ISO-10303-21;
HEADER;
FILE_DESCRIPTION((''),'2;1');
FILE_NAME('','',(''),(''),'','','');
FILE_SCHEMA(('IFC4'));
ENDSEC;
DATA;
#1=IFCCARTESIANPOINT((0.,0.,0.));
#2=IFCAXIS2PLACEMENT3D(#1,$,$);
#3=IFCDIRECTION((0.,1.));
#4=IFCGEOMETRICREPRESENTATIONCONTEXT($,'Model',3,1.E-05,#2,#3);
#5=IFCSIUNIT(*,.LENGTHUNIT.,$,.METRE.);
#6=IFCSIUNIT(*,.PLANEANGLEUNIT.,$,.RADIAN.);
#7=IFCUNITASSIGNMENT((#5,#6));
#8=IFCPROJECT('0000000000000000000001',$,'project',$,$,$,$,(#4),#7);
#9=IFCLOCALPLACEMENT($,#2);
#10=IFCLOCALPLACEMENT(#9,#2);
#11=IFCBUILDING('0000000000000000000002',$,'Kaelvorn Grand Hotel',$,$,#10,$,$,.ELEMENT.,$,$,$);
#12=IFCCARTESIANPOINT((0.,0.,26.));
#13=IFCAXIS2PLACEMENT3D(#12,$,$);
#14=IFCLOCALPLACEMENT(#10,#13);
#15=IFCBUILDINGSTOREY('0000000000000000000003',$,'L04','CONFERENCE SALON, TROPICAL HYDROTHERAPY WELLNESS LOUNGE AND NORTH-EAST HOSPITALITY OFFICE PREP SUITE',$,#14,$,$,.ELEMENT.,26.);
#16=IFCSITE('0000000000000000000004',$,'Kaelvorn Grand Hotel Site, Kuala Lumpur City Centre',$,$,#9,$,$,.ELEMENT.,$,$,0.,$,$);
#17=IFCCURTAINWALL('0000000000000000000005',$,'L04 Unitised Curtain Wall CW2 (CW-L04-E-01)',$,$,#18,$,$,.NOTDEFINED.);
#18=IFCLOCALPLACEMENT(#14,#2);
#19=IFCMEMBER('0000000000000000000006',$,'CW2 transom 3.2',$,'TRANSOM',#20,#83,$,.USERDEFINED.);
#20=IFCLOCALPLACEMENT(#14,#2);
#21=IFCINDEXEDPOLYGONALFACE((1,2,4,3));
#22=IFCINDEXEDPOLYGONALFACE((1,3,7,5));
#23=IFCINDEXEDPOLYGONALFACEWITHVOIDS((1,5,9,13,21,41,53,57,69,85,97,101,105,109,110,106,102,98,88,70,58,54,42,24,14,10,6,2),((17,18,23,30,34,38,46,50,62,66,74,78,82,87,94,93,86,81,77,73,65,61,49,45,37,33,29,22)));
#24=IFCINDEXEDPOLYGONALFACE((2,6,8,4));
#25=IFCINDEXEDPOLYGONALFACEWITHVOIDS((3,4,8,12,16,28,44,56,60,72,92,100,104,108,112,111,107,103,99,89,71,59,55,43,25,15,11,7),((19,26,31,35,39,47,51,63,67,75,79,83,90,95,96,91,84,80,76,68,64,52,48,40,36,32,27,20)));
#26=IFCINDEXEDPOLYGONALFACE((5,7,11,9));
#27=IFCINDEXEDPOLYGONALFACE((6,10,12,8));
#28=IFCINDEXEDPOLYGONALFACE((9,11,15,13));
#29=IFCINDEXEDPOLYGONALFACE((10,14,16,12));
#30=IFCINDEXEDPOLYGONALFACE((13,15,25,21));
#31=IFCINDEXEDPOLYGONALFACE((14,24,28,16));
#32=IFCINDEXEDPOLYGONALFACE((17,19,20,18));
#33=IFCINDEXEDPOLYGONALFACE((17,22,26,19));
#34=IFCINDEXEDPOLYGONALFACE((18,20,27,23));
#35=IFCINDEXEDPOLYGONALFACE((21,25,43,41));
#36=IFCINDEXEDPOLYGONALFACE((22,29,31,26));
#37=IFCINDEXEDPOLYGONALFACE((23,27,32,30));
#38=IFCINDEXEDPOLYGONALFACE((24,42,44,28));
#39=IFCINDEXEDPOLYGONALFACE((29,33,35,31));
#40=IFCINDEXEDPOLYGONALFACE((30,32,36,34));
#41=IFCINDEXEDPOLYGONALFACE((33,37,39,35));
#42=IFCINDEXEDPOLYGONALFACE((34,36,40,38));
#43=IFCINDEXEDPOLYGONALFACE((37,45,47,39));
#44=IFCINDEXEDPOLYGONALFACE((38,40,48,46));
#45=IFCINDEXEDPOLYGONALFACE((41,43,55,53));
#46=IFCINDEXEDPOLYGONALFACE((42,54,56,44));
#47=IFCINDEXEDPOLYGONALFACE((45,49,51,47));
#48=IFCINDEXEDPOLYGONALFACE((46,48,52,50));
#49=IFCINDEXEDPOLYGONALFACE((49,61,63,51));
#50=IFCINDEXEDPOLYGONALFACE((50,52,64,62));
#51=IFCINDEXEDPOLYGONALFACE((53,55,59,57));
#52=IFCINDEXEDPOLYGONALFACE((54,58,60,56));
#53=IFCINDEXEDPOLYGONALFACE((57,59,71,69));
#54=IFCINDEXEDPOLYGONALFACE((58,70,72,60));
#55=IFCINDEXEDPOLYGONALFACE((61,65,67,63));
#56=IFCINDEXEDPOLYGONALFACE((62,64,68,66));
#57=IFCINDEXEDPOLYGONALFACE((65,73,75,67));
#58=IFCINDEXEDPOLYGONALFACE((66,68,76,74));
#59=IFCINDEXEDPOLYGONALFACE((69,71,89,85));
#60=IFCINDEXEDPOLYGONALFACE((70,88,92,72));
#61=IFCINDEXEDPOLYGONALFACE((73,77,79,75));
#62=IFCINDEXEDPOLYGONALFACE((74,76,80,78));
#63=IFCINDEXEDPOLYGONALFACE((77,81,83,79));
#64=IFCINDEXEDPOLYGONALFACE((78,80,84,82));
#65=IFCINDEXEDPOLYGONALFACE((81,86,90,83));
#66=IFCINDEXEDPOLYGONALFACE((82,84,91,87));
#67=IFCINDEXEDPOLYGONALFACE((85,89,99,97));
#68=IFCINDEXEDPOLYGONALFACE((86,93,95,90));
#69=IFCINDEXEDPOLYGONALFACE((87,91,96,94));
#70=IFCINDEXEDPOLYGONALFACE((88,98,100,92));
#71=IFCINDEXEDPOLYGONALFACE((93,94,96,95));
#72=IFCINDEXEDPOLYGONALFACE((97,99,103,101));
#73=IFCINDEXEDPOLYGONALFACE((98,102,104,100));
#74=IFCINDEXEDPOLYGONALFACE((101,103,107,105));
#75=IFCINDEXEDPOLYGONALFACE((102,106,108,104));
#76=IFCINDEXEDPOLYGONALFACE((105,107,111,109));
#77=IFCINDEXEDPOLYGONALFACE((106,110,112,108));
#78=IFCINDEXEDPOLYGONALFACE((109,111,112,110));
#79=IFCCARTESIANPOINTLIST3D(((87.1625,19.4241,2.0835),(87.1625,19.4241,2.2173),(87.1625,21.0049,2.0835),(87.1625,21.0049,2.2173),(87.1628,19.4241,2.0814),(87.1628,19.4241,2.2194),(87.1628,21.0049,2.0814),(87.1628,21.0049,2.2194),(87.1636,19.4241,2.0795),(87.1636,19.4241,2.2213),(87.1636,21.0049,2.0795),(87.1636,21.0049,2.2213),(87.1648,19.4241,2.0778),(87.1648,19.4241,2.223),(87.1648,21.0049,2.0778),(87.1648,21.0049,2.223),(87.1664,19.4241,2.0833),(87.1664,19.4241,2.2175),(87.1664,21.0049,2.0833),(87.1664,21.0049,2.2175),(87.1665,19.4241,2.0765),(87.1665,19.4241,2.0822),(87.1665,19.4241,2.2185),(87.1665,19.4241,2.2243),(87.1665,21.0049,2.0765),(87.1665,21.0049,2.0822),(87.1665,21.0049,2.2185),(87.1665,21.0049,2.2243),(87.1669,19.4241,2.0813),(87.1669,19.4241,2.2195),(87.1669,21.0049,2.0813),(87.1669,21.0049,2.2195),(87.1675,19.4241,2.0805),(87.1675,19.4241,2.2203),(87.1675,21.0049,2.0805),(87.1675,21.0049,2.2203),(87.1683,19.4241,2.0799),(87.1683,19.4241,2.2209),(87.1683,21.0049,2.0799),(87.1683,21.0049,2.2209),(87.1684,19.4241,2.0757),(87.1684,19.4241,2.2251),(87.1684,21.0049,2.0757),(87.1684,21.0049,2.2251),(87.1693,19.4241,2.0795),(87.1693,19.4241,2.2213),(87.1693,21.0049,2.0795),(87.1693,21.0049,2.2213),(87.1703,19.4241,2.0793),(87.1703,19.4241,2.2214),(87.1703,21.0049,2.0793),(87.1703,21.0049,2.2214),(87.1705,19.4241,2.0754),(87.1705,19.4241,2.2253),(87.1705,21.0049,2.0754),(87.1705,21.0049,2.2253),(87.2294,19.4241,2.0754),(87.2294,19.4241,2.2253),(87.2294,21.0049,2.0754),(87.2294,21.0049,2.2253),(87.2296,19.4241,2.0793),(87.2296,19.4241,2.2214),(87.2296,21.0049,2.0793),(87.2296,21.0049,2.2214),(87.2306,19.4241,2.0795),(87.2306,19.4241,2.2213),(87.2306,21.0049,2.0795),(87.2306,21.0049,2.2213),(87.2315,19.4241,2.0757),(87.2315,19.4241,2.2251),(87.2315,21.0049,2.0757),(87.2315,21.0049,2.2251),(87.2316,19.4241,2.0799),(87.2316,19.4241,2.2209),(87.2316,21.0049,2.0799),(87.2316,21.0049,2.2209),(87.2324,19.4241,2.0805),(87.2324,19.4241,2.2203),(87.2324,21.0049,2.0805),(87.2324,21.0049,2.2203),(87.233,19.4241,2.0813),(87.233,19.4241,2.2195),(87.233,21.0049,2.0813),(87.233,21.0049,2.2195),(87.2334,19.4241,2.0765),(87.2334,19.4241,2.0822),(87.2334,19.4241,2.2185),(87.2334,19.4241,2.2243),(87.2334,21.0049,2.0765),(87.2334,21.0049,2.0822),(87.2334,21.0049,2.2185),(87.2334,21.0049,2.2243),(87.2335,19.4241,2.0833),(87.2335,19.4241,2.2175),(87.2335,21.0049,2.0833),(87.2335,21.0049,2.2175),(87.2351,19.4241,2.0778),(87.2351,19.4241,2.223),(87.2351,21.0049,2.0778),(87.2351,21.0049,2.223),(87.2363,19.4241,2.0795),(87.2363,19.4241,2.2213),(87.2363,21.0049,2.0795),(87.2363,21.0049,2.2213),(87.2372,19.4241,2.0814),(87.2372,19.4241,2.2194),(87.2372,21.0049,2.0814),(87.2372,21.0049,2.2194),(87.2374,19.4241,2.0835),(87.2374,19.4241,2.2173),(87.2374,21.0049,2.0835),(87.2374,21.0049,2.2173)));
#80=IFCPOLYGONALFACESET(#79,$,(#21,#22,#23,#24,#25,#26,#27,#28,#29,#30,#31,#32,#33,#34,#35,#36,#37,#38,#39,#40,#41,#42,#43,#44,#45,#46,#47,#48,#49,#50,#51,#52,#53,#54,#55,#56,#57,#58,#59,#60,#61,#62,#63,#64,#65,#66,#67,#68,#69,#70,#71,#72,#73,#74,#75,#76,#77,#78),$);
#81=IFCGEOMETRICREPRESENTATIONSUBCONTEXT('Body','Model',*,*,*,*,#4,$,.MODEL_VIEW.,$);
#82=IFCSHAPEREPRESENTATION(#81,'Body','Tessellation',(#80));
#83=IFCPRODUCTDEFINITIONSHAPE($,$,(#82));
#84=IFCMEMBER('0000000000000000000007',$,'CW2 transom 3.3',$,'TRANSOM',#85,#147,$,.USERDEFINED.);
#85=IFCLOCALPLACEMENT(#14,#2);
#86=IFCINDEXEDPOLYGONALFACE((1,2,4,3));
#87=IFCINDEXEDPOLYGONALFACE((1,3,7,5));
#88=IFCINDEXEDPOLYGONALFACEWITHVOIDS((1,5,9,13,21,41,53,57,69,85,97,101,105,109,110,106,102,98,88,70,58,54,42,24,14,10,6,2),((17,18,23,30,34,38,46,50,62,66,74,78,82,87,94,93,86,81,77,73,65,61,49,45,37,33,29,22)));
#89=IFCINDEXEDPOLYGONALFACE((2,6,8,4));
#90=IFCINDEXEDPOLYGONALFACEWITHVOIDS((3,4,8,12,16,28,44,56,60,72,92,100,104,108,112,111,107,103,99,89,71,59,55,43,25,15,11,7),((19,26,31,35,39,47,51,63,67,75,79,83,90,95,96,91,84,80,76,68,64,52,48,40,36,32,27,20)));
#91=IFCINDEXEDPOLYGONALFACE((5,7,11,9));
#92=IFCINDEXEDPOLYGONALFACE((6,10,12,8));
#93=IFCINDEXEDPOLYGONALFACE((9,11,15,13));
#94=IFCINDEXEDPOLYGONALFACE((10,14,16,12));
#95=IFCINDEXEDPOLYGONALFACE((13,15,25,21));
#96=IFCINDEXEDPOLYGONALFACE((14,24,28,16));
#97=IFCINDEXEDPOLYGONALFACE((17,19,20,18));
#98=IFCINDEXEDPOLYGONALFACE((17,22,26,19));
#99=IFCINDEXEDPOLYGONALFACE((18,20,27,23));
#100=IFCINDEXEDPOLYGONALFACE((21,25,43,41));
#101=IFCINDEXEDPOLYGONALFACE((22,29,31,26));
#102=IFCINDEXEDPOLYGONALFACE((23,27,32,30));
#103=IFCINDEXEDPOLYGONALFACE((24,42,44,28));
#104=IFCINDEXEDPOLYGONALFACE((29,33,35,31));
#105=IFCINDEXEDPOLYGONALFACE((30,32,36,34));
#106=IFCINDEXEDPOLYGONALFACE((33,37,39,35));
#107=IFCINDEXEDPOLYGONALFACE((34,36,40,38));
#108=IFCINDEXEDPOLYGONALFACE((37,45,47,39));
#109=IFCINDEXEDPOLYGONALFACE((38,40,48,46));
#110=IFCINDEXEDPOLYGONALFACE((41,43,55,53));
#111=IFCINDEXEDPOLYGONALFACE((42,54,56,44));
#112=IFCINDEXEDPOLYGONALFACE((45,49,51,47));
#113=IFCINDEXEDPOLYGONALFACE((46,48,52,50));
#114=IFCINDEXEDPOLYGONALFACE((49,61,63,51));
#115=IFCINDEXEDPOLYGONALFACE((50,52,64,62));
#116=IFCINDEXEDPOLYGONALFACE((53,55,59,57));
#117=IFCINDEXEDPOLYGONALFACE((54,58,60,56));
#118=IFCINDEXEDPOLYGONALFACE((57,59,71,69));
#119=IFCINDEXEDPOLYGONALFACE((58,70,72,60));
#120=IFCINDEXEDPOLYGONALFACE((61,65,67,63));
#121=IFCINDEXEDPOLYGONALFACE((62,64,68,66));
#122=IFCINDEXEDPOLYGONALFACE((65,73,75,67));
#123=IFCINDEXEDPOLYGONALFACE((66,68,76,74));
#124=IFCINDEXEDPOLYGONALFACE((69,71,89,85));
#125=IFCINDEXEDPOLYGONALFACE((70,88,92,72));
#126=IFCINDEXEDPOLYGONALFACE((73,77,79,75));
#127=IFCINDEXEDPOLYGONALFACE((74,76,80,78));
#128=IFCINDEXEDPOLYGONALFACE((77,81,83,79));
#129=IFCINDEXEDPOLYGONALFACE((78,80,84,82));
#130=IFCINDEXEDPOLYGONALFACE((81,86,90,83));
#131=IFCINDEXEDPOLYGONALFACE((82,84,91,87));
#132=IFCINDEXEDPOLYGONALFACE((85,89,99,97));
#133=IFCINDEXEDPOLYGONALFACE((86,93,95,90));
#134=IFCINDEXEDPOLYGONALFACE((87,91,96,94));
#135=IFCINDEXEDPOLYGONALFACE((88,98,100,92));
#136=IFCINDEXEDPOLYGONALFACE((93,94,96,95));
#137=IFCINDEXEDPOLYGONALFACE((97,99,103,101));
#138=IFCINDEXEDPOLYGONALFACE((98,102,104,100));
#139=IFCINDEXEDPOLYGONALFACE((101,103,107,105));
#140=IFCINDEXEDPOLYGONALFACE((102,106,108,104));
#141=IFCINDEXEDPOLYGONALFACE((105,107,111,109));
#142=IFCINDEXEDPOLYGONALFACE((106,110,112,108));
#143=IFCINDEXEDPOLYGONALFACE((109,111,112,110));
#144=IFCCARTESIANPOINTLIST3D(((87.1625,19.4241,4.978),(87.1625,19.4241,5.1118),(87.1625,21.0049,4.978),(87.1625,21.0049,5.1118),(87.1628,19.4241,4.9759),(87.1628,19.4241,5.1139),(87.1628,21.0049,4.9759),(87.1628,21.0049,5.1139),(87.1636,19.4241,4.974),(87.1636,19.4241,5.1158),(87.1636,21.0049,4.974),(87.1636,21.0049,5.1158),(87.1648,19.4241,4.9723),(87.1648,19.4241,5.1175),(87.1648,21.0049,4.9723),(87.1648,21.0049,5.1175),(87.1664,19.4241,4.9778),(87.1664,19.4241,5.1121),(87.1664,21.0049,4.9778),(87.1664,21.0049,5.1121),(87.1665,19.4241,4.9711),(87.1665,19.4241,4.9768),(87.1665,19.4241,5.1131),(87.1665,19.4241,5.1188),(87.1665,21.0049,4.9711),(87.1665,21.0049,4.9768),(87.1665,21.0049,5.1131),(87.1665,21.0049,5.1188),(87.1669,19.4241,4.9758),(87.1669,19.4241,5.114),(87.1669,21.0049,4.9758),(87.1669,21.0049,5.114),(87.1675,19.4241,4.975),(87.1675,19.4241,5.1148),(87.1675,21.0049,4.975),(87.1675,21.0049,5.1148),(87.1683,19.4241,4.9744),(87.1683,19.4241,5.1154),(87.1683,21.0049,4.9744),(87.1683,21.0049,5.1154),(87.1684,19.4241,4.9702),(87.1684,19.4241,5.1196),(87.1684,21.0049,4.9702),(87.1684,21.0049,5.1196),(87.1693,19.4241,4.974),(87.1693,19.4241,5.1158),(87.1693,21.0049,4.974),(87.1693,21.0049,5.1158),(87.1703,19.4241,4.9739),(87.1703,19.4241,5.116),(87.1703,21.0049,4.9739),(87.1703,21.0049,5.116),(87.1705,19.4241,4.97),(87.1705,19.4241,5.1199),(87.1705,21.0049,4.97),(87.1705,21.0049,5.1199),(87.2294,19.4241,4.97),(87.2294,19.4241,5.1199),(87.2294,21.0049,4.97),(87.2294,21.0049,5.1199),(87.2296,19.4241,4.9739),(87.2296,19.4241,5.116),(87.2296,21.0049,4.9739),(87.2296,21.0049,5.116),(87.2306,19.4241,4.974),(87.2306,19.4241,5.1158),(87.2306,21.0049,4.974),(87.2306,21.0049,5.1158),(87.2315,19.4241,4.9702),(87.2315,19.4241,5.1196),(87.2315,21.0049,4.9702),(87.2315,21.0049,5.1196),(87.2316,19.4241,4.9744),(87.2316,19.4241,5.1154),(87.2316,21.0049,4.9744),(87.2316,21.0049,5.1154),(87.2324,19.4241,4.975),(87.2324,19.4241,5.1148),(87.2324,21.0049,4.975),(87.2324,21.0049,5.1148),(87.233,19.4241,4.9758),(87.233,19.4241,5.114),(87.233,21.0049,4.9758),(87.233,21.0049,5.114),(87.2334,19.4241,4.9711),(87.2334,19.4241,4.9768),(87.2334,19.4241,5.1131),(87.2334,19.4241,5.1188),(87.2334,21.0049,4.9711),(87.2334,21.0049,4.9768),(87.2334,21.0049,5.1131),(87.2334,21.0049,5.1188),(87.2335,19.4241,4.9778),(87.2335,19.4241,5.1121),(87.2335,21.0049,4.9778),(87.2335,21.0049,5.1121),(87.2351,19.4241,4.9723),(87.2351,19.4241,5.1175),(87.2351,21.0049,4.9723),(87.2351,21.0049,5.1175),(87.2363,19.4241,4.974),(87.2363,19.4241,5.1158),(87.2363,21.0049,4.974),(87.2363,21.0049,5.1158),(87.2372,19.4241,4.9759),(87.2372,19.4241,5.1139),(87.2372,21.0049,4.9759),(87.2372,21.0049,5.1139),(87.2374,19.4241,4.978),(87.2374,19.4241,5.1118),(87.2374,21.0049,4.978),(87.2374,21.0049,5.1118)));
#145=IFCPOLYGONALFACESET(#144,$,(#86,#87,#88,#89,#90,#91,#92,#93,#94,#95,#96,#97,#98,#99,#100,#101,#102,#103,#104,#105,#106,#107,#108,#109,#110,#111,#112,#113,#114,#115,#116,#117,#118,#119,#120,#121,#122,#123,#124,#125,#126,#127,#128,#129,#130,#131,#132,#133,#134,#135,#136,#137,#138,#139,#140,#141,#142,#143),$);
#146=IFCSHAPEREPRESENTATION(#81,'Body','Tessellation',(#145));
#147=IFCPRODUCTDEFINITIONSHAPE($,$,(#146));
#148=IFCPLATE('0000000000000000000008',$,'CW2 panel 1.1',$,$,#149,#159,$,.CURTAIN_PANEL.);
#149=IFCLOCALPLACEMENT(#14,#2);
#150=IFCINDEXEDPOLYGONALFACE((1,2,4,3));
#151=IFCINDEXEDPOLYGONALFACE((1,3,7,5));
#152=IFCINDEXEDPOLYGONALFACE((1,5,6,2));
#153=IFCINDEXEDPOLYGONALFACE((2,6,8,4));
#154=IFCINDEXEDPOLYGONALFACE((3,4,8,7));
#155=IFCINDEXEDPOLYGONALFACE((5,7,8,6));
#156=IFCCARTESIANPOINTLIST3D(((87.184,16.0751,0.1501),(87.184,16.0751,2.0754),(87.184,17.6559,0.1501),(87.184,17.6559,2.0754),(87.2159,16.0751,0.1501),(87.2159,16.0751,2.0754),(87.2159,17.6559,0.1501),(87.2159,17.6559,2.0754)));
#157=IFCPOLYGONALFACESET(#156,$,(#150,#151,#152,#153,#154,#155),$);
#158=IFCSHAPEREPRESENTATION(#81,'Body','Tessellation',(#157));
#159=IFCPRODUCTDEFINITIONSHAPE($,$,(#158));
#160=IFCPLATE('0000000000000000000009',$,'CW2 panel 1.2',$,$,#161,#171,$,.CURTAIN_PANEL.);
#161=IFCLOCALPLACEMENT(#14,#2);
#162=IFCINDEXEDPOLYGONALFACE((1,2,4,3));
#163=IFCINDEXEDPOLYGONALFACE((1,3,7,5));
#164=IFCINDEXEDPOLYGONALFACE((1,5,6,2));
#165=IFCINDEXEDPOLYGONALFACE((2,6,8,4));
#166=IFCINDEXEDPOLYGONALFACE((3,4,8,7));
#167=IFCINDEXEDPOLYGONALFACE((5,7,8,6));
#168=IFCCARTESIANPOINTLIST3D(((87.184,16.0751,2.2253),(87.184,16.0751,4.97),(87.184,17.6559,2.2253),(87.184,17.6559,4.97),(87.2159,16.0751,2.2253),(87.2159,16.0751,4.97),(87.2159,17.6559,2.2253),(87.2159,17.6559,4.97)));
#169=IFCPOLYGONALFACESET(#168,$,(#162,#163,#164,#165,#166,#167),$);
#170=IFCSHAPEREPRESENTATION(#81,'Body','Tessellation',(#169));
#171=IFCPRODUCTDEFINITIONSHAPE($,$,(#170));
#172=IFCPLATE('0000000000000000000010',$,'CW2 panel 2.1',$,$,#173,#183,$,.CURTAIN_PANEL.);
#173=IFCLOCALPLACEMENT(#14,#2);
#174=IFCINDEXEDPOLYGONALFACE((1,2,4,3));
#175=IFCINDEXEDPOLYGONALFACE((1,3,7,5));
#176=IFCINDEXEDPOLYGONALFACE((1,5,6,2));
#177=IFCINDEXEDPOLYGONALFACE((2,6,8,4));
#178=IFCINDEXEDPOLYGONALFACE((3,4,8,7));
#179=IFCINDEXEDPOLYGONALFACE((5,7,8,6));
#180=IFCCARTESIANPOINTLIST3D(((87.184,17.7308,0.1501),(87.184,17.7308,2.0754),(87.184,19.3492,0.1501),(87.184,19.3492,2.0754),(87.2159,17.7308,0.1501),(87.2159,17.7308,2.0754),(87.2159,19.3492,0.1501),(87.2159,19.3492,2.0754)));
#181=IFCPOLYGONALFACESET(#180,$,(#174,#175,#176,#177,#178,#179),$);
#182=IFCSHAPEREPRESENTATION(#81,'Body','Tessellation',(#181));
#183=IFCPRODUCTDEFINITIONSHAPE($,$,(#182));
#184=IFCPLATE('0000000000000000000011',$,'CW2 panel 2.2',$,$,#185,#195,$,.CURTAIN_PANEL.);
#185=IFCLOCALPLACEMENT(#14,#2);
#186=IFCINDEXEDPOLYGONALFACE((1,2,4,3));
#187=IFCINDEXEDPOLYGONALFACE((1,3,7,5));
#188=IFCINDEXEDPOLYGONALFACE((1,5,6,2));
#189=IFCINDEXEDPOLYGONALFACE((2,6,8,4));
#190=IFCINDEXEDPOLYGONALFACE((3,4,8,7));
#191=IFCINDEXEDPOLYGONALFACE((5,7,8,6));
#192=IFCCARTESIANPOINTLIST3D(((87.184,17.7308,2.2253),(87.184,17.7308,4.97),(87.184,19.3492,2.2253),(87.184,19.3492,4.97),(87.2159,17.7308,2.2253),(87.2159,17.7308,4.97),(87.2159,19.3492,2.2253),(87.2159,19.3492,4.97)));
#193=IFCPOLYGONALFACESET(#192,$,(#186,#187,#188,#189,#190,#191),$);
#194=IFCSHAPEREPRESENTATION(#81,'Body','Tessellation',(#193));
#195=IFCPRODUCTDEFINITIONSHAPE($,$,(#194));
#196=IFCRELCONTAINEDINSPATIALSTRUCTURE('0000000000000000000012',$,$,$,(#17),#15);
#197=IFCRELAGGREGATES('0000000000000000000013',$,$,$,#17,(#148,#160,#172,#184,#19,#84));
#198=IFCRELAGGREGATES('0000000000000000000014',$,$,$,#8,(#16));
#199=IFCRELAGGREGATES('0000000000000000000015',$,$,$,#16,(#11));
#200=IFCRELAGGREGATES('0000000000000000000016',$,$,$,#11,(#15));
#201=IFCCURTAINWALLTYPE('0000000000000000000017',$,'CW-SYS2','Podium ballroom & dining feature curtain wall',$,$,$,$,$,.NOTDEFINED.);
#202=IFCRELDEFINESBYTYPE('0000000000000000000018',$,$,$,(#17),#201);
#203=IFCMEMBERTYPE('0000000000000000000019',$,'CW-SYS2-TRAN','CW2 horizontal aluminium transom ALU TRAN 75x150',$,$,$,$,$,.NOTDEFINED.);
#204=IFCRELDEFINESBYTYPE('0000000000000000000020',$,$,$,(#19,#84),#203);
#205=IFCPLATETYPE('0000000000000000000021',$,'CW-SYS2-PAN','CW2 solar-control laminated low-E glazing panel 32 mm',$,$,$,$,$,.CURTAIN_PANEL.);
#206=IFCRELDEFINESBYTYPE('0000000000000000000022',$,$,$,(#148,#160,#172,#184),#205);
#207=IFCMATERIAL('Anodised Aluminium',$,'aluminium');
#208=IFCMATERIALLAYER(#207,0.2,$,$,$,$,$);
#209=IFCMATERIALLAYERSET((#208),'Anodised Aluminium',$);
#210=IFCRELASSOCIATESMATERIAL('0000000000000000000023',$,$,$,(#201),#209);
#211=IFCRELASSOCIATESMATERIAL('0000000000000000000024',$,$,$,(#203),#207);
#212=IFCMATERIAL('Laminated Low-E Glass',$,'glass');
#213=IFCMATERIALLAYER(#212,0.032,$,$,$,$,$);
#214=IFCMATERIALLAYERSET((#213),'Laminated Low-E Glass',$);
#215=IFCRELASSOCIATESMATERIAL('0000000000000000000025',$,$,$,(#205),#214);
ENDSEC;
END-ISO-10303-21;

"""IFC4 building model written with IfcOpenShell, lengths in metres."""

from ifc_helpers import new_model, si_unit, direction, frame, origin, origin_2d, place, context, subcontext, project, spatial, rectangle, hollow_rectangle, extrude, material, layer, layer_set, material_profile, profile_set, type_object, element, aggregate, save


model = new_model("IFC4")

# Units and contexts
model_context = context("Model", 3, precision=1e-05, world=origin(), true_north=direction((0.0, 1.0)))
body_context = subcontext(model_context, "Body", "Model", "MODEL_VIEW")
ifc_project = project(units=[si_unit("LENGTHUNIT", "METRE"), si_unit("PLANEANGLEUNIT", "RADIAN")], contexts=[model_context])

# Site, building, storey
site_placement = place(None, origin())
site = spatial("IfcSite", under=ifc_project, at=site_placement, Name="Kaelvorn Grand Hotel Site, Kuala Lumpur City Centre", CompositionType="ELEMENT", RefElevation=0.0)
building_placement = place(site_placement, origin())
building = spatial("IfcBuilding", under=site, at=building_placement, Name="Kaelvorn Grand Hotel", CompositionType="ELEMENT")
storey_placement = place(building_placement, frame((0.0, 0.0, 26.0)))
storey = spatial("IfcBuildingStorey", under=building, at=storey_placement, Name="L04", Description="CONFERENCE SALON, TROPICAL HYDROTHERAPY WELLNESS LOUNGE AND NORTH-EAST HOSPITALITY OFFICE PREP SUITE", CompositionType="ELEMENT", Elevation=26.0)

# Curtain wall, members, plates
ifc_material_1 = material(Name="Anodised Aluminium", Category="aluminium")
ifc_layer_1 = layer(ifc_material_1, 0.2)
ifc_layer_set_1 = layer_set([ifc_layer_1], Name="Anodised Aluminium")
curtain_wall_type = type_object("IfcCurtainWallType", Name="CW-SYS2", Description="Podium ballroom & dining feature curtain wall", PredefinedType="NOTDEFINED", material=ifc_layer_set_1)
curtain_wall_placement = place(storey_placement, origin())
curtain_wall = element("IfcCurtainWall", 1, at=curtain_wall_placement, inside=storey, type_object=curtain_wall_type, Name="L04 Unitised Curtain Wall CW2 (CW-L04-E-01)", PredefinedType="NOTDEFINED")
ifc_material_profile_1 = material_profile(ifc_material_1, hollow_rectangle(XDim=0.075, YDim=0.1499, WallThickness=0.0039, InnerFilletRadius=0.0039, OuterFilletRadius=0.0081, at=origin_2d()), Name="ALU TRAN 75x150")
ifc_profile_set_1 = profile_set([ifc_material_profile_1], Name="Anodised Aluminium")
member_type_1 = type_object("IfcMemberType", Name="CW-SYS2-TRAN", Description="CW2 horizontal aluminium transom ALU TRAN 75x150", PredefinedType="NOTDEFINED", material=ifc_profile_set_1)
member_1_placement = place(storey_placement, frame((87.2, 19.4241, 2.1504), z_axis=(0.0, 1.0, 0.0), x_axis=(-1.0, 0.0, 0.0)))
member_1 = element("IfcMember", 2, at=member_1_placement, type_object=member_type_1, Name="CW2 transom 3.2", ObjectType="TRANSOM", PredefinedType="USERDEFINED", context=body_context, shape_type="SweptSolid", body=[
    extrude(hollow_rectangle(XDim=0.075, YDim=0.1499, WallThickness=0.0039, InnerFilletRadius=0.0039, OuterFilletRadius=0.0081, at=origin_2d()), origin(), (0.0, 0.0, 1.0), 1.5808),
])
member_2_placement = place(storey_placement, frame((87.2, 19.4241, 5.0449), z_axis=(0.0, 1.0, 0.0), x_axis=(-1.0, 0.0, 0.0)))
member_2 = element("IfcMember", 3, at=member_2_placement, type_object=member_type_1, Name="CW2 transom 3.3", ObjectType="TRANSOM", PredefinedType="USERDEFINED", context=body_context, shape_type="SweptSolid", body=[
    extrude(hollow_rectangle(XDim=0.075, YDim=0.1499, WallThickness=0.0039, InnerFilletRadius=0.0039, OuterFilletRadius=0.0081, at=origin_2d()), origin(), (0.0, 0.0, 1.0), 1.5808),
])
ifc_material_2 = material(Name="Laminated Low-E Glass", Category="glass")
ifc_layer_2 = layer(ifc_material_2, 0.032)
ifc_layer_set_2 = layer_set([ifc_layer_2], Name="Laminated Low-E Glass")
plate_type = type_object("IfcPlateType", Name="CW-SYS2-PAN", Description="CW2 solar-control laminated low-E glazing panel 32 mm", PredefinedType="CURTAIN_PANEL", material=ifc_layer_set_2)
plate_1_placement = place(storey_placement, frame((87.2, 16.8655, 0.1501), z_axis=(0.0, 0.0, 1.0), x_axis=(0.0, 1.0, 0.0)))
plate_1 = element("IfcPlate", 4, at=plate_1_placement, type_object=plate_type, Name="CW2 panel 1.1", PredefinedType="CURTAIN_PANEL", context=body_context, shape_type="SweptSolid", body=[
    extrude(rectangle(XDim=1.5808, YDim=0.032, at=origin_2d()), origin(), (0.0, 0.0, 1.0), 1.9253),
])
plate_2_placement = place(storey_placement, frame((87.2, 16.8655, 2.2253), z_axis=(0.0, 0.0, 1.0), x_axis=(0.0, 1.0, 0.0)))
plate_2 = element("IfcPlate", 5, at=plate_2_placement, type_object=plate_type, Name="CW2 panel 1.2", PredefinedType="CURTAIN_PANEL", context=body_context, shape_type="SweptSolid", body=[
    extrude(rectangle(XDim=1.5808, YDim=0.032, at=origin_2d()), origin(), (0.0, 0.0, 1.0), 2.7446),
])
plate_3_placement = place(storey_placement, frame((87.2, 18.54, 0.1501), z_axis=(0.0, 0.0, 1.0), x_axis=(0.0, 1.0, 0.0)))
plate_3 = element("IfcPlate", 6, at=plate_3_placement, type_object=plate_type, Name="CW2 panel 2.1", PredefinedType="CURTAIN_PANEL", context=body_context, shape_type="SweptSolid", body=[
    extrude(rectangle(XDim=1.6184, YDim=0.032, at=origin_2d()), origin(), (0.0, 0.0, 1.0), 1.9253),
])
plate_4_placement = place(storey_placement, frame((87.2, 18.54, 2.2253), z_axis=(0.0, 0.0, 1.0), x_axis=(0.0, 1.0, 0.0)))
plate_4 = element("IfcPlate", 7, at=plate_4_placement, type_object=plate_type, Name="CW2 panel 2.2", PredefinedType="CURTAIN_PANEL", context=body_context, shape_type="SweptSolid", body=[
    extrude(rectangle(XDim=1.6184, YDim=0.032, at=origin_2d()), origin(), (0.0, 0.0, 1.0), 2.7446),
])
aggregate(curtain_wall, [plate_1, plate_2, plate_3, plate_4, member_1, member_2])

save(model, "model.ifc")
